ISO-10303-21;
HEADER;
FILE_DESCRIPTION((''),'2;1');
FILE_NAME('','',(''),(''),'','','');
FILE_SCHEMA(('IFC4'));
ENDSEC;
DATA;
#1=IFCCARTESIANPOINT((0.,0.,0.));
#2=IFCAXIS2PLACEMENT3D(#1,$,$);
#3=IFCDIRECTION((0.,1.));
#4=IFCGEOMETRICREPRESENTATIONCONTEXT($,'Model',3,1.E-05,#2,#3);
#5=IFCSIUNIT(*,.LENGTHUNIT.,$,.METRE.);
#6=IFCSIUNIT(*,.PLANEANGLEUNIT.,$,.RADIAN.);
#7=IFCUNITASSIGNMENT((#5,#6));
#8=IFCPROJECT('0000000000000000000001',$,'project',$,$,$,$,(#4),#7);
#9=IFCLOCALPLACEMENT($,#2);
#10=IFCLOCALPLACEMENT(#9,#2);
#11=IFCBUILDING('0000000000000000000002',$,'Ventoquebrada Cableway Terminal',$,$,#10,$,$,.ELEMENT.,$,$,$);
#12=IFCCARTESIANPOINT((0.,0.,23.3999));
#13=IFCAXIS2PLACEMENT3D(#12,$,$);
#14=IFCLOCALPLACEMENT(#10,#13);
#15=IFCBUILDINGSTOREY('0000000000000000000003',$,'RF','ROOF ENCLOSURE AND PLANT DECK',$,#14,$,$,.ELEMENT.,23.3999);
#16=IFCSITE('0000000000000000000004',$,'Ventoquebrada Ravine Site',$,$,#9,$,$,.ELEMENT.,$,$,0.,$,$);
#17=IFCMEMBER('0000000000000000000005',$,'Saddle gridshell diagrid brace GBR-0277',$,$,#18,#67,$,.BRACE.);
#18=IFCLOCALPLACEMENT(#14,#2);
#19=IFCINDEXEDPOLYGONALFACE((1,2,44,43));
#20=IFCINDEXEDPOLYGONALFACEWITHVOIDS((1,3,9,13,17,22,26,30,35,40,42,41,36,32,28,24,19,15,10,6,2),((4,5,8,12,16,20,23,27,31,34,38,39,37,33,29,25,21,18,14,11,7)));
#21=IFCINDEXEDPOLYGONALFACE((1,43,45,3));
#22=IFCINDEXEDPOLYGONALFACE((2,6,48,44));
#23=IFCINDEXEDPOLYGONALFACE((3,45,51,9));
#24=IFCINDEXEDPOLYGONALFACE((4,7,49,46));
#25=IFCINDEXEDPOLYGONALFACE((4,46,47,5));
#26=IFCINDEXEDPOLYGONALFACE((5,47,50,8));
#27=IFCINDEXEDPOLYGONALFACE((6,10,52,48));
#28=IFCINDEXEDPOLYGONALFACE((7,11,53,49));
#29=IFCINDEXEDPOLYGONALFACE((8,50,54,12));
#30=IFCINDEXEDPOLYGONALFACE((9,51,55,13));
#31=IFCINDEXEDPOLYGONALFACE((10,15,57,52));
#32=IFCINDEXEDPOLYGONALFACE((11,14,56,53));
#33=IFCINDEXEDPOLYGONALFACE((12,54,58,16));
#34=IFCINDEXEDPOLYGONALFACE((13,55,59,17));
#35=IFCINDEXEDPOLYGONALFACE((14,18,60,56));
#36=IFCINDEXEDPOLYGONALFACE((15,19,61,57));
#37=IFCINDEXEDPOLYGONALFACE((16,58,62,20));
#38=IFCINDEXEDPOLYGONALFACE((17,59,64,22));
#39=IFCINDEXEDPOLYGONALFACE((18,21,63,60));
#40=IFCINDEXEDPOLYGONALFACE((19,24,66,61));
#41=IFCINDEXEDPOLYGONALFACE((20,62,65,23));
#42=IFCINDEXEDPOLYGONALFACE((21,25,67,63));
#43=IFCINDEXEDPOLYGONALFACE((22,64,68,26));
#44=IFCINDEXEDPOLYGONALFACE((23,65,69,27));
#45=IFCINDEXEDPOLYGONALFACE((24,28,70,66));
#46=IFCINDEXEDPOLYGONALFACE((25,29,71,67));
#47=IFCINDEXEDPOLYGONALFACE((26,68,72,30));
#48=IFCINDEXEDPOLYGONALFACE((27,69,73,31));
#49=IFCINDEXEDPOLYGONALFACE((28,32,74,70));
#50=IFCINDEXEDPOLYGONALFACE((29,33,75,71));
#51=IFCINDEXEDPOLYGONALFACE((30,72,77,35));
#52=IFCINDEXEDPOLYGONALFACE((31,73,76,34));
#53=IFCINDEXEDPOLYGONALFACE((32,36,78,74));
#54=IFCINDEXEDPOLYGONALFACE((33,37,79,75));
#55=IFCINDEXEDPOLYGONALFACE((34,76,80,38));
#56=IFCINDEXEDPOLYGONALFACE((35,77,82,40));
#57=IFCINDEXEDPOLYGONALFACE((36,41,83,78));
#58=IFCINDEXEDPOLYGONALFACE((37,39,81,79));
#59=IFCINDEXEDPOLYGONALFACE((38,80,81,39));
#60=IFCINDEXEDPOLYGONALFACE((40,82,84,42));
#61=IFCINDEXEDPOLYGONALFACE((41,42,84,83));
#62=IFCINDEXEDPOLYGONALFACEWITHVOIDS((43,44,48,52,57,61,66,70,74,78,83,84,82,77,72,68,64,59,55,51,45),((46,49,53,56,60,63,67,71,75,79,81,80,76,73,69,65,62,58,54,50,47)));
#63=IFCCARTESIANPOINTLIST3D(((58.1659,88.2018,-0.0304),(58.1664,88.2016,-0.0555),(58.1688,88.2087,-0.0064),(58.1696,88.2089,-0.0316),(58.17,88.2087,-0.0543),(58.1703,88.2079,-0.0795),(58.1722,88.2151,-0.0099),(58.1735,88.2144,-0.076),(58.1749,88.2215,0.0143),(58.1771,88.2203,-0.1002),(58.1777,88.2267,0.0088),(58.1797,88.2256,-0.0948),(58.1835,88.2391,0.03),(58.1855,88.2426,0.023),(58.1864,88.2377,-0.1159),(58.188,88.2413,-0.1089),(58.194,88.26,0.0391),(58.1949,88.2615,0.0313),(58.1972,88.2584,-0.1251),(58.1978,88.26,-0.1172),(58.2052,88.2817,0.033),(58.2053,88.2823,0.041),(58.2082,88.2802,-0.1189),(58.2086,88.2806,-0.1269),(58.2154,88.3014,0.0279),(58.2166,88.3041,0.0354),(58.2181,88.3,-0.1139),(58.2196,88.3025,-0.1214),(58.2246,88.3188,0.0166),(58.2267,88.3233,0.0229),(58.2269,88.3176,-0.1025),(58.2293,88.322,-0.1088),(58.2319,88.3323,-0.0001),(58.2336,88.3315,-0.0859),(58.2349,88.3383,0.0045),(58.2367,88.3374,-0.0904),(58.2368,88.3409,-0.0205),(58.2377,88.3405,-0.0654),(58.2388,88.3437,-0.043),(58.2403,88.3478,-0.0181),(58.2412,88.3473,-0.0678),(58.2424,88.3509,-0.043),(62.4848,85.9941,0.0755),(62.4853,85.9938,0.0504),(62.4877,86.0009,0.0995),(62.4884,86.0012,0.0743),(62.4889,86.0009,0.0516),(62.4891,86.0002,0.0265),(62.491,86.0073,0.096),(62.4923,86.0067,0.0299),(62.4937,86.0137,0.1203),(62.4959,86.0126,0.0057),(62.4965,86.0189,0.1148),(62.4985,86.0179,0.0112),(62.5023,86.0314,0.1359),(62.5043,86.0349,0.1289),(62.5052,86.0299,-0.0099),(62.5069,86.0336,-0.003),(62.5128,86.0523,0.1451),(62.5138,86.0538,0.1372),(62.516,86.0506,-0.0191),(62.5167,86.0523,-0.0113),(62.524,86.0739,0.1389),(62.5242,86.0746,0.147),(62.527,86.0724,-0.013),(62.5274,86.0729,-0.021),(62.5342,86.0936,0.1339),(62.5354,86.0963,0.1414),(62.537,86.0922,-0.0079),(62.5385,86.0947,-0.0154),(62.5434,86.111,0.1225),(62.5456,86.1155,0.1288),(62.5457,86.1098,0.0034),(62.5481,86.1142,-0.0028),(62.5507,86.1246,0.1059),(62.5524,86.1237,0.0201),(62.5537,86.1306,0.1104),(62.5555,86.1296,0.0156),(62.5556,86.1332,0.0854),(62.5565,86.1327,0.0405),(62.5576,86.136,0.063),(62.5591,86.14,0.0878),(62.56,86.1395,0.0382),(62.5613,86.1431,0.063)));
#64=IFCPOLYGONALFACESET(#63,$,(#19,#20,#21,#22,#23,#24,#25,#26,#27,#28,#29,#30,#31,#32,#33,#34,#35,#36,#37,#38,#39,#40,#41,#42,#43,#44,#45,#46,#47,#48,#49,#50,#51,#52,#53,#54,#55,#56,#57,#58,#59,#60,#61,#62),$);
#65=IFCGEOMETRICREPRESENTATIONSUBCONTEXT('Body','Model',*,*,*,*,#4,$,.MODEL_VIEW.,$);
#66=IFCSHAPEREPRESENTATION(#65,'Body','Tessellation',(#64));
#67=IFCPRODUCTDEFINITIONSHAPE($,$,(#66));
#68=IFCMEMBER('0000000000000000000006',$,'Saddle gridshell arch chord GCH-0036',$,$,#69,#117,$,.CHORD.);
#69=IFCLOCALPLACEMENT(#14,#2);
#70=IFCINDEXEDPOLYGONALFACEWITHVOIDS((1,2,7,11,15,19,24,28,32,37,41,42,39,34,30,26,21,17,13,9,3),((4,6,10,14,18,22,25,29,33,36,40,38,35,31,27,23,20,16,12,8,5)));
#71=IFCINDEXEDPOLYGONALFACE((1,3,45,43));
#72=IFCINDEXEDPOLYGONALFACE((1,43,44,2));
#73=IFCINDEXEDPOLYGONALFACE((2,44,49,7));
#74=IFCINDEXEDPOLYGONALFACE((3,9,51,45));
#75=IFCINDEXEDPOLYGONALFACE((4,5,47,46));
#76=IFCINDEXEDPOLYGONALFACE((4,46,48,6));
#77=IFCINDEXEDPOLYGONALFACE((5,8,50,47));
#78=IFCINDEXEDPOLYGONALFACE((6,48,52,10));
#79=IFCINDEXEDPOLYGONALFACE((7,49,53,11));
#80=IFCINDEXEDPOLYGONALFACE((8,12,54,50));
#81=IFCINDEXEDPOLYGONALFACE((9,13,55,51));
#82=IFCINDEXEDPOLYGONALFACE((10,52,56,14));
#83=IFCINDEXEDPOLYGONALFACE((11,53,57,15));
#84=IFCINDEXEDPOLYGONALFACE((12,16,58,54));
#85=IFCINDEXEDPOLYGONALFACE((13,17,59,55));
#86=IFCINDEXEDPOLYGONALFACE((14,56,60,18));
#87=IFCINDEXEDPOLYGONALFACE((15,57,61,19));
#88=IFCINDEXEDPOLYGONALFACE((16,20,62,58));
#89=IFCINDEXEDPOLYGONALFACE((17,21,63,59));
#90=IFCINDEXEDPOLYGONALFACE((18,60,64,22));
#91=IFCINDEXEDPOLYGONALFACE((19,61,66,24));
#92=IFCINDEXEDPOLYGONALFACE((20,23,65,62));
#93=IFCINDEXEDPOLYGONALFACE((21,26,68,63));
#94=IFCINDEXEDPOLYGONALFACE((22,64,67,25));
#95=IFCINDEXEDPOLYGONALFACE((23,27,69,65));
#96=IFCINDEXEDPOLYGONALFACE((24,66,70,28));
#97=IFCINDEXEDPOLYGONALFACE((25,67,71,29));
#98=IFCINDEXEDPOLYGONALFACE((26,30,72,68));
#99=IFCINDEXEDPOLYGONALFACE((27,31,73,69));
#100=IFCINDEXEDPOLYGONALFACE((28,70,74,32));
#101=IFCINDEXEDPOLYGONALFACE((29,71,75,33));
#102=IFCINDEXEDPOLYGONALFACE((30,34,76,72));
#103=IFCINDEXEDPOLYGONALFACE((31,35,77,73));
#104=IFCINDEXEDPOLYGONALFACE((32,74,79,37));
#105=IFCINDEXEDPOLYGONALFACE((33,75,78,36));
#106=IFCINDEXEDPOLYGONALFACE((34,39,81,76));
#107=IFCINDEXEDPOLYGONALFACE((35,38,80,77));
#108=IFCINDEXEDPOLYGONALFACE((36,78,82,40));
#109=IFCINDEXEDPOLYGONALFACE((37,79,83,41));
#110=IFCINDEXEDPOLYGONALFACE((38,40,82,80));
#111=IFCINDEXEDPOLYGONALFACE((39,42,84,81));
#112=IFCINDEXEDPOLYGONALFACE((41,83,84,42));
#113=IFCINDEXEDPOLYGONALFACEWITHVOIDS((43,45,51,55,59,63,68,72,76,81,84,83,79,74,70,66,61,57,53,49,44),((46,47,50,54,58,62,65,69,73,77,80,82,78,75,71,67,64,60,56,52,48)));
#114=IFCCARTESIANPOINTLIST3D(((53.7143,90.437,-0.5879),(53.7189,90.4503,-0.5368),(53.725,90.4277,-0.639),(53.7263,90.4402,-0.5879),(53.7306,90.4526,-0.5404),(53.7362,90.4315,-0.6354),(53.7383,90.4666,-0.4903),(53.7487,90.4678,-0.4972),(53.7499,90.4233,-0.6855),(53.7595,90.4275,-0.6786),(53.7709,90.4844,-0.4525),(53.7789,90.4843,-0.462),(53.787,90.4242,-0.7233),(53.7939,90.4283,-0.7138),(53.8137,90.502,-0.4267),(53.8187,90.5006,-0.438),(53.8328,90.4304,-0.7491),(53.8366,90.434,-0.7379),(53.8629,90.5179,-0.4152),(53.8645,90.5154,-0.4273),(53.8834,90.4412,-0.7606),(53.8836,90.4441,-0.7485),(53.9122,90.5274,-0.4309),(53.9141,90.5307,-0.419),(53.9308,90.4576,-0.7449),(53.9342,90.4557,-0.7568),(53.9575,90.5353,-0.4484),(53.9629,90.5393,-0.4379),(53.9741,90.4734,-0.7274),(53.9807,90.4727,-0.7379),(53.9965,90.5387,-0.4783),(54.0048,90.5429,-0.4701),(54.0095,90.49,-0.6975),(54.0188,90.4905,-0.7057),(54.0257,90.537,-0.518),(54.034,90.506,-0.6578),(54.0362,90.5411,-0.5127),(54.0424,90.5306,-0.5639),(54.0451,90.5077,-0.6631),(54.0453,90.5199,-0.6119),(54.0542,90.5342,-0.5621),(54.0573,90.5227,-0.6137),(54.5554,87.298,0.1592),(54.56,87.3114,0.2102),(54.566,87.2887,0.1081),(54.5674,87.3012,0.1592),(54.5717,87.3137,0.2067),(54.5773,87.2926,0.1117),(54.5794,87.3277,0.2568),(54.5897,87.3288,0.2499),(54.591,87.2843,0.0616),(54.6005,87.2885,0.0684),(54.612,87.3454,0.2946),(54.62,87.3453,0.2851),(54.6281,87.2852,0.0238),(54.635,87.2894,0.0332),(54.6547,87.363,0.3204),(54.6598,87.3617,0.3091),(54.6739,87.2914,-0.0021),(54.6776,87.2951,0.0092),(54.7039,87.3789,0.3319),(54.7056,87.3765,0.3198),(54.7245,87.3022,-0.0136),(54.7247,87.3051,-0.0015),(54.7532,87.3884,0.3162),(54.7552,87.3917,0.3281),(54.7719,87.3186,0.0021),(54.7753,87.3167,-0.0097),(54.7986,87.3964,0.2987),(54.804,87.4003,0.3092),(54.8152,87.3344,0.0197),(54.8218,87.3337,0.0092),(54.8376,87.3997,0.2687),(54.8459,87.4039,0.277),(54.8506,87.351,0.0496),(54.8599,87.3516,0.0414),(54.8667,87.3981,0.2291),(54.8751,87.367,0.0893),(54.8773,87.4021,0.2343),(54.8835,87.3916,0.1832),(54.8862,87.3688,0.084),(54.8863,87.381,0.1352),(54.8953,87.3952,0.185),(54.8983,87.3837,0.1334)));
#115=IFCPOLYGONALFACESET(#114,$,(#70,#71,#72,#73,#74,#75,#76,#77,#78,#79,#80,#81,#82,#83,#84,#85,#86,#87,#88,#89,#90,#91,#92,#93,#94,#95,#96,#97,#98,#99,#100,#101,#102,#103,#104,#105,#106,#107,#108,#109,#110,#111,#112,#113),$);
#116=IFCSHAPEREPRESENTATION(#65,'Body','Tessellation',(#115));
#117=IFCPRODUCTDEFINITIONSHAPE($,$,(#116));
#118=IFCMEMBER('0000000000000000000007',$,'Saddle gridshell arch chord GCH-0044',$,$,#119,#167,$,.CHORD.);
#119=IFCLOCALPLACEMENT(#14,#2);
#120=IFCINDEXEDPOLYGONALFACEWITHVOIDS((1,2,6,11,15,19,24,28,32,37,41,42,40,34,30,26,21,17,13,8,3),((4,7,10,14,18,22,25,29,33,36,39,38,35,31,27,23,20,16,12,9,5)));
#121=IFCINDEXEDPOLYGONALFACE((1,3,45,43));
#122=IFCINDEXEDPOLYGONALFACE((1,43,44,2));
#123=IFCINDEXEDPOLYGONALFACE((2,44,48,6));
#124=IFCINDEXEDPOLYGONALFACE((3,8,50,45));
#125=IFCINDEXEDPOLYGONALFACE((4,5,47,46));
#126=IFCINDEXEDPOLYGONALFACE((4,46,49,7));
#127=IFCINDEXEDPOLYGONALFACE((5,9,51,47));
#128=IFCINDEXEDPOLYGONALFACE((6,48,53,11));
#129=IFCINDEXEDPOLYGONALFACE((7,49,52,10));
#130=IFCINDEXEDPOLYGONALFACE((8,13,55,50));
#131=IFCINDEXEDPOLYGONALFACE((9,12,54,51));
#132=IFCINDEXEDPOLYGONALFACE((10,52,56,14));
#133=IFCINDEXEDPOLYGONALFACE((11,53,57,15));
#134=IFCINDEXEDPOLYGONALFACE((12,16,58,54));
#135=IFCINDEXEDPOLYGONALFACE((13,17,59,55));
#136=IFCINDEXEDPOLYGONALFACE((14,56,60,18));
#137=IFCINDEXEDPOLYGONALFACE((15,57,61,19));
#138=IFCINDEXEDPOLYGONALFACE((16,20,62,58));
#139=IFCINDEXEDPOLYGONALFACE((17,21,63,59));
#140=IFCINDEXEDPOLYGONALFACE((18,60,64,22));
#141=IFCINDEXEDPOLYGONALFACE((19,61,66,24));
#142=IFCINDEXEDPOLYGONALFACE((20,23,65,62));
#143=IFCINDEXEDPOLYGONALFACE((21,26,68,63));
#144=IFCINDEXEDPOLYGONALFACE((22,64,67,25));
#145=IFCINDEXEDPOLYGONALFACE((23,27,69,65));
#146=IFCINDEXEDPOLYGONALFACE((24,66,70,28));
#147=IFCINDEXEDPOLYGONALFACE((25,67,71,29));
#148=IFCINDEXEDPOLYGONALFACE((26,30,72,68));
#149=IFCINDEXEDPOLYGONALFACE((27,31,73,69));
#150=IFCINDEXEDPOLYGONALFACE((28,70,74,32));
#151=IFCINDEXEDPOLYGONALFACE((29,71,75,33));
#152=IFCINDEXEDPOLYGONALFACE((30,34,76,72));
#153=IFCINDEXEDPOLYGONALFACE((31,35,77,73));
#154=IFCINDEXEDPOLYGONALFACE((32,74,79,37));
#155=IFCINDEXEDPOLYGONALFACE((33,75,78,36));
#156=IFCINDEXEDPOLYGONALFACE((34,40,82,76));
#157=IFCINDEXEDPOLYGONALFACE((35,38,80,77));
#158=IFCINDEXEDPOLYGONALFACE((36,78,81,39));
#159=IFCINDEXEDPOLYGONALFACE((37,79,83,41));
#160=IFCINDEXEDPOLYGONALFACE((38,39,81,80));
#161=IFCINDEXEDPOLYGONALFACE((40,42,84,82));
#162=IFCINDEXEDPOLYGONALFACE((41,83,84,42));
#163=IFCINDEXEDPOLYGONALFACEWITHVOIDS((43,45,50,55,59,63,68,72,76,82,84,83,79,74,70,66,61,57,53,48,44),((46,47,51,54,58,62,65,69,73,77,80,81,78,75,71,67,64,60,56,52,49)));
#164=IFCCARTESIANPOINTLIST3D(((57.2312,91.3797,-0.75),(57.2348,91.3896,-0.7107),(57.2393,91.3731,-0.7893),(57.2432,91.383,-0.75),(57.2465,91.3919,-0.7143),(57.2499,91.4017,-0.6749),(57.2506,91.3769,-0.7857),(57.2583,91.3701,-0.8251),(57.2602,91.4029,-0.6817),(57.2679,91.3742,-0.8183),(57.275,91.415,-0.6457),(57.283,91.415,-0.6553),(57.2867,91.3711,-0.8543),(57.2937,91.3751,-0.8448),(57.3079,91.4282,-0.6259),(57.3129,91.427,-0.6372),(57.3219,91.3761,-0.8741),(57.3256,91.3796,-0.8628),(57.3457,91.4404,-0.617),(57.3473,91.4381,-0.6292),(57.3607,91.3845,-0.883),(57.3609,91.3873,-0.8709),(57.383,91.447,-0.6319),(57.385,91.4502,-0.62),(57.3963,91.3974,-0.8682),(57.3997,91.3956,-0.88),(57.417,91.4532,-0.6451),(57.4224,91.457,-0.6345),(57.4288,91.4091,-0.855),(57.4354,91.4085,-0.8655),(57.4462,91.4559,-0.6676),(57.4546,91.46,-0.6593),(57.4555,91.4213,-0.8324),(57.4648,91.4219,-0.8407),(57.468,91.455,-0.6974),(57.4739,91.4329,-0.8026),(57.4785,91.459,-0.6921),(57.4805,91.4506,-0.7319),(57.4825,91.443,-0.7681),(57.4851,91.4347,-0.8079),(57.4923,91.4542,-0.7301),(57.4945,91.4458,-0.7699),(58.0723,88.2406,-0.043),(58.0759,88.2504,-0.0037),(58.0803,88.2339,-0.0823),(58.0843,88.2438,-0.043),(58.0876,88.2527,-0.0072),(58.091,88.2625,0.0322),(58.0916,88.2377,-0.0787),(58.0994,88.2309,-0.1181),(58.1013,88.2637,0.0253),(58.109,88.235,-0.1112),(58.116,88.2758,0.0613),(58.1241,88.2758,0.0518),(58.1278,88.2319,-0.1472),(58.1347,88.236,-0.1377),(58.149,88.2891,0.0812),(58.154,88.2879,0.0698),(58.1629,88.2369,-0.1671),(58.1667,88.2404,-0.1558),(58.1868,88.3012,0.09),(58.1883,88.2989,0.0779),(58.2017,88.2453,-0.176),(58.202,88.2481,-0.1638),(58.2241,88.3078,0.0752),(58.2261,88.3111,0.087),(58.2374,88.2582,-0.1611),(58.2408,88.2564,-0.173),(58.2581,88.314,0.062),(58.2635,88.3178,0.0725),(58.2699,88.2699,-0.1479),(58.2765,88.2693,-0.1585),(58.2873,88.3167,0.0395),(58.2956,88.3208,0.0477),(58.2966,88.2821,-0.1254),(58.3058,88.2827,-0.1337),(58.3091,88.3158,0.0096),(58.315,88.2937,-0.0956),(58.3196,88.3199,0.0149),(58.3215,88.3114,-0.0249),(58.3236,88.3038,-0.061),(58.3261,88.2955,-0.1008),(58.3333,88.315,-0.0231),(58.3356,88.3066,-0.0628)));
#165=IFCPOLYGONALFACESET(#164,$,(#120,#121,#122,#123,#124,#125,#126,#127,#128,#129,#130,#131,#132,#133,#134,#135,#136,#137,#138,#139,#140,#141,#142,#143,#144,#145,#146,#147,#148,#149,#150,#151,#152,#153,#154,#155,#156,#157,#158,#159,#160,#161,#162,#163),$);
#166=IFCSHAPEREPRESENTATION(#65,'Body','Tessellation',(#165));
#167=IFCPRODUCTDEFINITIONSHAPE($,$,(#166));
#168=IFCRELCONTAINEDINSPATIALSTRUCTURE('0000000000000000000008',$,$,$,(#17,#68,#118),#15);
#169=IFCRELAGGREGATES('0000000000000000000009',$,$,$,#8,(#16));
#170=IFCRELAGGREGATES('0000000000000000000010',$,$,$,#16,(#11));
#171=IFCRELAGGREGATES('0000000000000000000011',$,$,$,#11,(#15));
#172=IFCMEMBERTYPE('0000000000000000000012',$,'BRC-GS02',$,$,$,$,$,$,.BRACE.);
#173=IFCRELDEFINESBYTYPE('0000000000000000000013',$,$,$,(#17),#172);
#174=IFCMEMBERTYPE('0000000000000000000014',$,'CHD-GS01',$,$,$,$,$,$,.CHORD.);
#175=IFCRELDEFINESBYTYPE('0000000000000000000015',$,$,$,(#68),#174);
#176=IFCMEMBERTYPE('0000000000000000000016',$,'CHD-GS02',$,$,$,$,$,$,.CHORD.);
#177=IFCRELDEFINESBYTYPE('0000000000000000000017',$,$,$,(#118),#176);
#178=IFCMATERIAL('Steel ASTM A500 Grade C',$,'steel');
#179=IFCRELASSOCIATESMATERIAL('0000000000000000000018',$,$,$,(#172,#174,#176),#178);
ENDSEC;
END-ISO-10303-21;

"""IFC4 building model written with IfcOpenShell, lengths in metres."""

from ifc_helpers import new_model, si_unit, direction, frame, origin, origin_2d, place, context, subcontext, project, spatial, hollow_circle, extrude, material, material_profile, profile_set, type_object, element, save


model = new_model("IFC4")

# Units and contexts
model_context = context("Model", 3, precision=1e-05, world=origin(), true_north=direction((0.0, 1.0)))
body_context = subcontext(model_context, "Body", "Model", "MODEL_VIEW")
ifc_project = project(units=[si_unit("LENGTHUNIT", "METRE"), si_unit("PLANEANGLEUNIT", "RADIAN")], contexts=[model_context])

# Site, building, storey
site_placement = place(None, origin())
site = spatial("IfcSite", under=ifc_project, at=site_placement, Name="Ventoquebrada Ravine Site", CompositionType="ELEMENT", RefElevation=0.0)
building_placement = place(site_placement, origin())
building = spatial("IfcBuilding", under=site, at=building_placement, Name="Ventoquebrada Cableway Terminal", CompositionType="ELEMENT")
storey_placement = place(building_placement, frame((0.0, 0.0, 23.3999)))
storey = spatial("IfcBuildingStorey", under=building, at=storey_placement, Name="RF", Description="ROOF ENCLOSURE AND PLANT DECK", CompositionType="ELEMENT", Elevation=23.3999)

# Members
ifc_material_1 = material(Name="Steel ASTM A500 Grade C", Category="steel")
ifc_material_profile_1 = material_profile(ifc_material_1, hollow_circle(Radius=0.0842, WallThickness=0.0081, at=origin_2d()), Name="CHS168.3X8")
ifc_profile_set_1 = profile_set([ifc_material_profile_1], Name="Steel ASTM A500 Grade C")
member_type_1 = type_object("IfcMemberType", Name="BRC-GS02", PredefinedType="BRACE", material=ifc_profile_set_1)
member_1_placement = place(storey_placement, frame((58.2041, 88.2759, -0.043), z_axis=(0.890193, -0.45506, 0.02184), x_axis=(0.455169, 0.890405, 0.0)))
element("IfcMember", 1, at=member_1_placement, inside=storey, type_object=member_type_1, Name="Saddle gridshell diagrid brace GBR-0277", PredefinedType="BRACE", context=body_context, shape_type="SweptSolid", body=[
    extrude(hollow_circle(Radius=0.0842, WallThickness=0.0081, at=origin_2d()), origin(), (0.0, 0.0, 1.0), 4.8516),
])
ifc_material_profile_2 = material_profile(ifc_material_1, hollow_circle(Radius=0.1777, WallThickness=0.0125, at=origin_2d()), Name="CHS355.6X12.5")
ifc_profile_set_2 = profile_set([ifc_material_profile_2], Name="Steel ASTM A500 Grade C")
member_type_2 = type_object("IfcMemberType", Name="CHD-GS01", PredefinedType="CHORD", material=ifc_profile_set_2)
member_2_placement = place(storey_placement, frame((54.7271, 87.344, 0.1592), z_axis=(-0.252238, 0.94137, -0.224049), x_axis=(-0.965926, -0.258817, 0.0)))
element("IfcMember", 2, at=member_2_placement, inside=storey, type_object=member_type_2, Name="Saddle gridshell arch chord GCH-0036", PredefinedType="CHORD", context=body_context, shape_type="SweptSolid", body=[
    extrude(hollow_circle(Radius=0.1777, WallThickness=0.0125, at=origin_2d()), origin(), (0.0, 0.0, 1.0), 3.3345),
])
ifc_material_profile_3 = material_profile(ifc_material_1, hollow_circle(Radius=0.1365, WallThickness=0.0125, at=origin_2d()), Name="CHS273.0X12.5")
ifc_profile_set_3 = profile_set([ifc_material_profile_3], Name="Steel ASTM A500 Grade C")
member_type_3 = type_object("IfcMemberType", Name="CHD-GS02", PredefinedType="CHORD", material=ifc_profile_set_3)
member_3_placement = place(storey_placement, frame((58.2041, 88.2759, -0.043), z_axis=(-0.252883, 0.943853, -0.212583), x_axis=(-0.965931, -0.258799, 0.0)))
element("IfcMember", 3, at=member_3_placement, inside=storey, type_object=member_type_3, Name="Saddle gridshell arch chord GCH-0044", PredefinedType="CHORD", context=body_context, shape_type="SweptSolid", body=[
    extrude(hollow_circle(Radius=0.1365, WallThickness=0.0125, at=origin_2d()), origin(), (0.0, 0.0, 1.0), 3.3259),
])

save(model, "model.ifc")
